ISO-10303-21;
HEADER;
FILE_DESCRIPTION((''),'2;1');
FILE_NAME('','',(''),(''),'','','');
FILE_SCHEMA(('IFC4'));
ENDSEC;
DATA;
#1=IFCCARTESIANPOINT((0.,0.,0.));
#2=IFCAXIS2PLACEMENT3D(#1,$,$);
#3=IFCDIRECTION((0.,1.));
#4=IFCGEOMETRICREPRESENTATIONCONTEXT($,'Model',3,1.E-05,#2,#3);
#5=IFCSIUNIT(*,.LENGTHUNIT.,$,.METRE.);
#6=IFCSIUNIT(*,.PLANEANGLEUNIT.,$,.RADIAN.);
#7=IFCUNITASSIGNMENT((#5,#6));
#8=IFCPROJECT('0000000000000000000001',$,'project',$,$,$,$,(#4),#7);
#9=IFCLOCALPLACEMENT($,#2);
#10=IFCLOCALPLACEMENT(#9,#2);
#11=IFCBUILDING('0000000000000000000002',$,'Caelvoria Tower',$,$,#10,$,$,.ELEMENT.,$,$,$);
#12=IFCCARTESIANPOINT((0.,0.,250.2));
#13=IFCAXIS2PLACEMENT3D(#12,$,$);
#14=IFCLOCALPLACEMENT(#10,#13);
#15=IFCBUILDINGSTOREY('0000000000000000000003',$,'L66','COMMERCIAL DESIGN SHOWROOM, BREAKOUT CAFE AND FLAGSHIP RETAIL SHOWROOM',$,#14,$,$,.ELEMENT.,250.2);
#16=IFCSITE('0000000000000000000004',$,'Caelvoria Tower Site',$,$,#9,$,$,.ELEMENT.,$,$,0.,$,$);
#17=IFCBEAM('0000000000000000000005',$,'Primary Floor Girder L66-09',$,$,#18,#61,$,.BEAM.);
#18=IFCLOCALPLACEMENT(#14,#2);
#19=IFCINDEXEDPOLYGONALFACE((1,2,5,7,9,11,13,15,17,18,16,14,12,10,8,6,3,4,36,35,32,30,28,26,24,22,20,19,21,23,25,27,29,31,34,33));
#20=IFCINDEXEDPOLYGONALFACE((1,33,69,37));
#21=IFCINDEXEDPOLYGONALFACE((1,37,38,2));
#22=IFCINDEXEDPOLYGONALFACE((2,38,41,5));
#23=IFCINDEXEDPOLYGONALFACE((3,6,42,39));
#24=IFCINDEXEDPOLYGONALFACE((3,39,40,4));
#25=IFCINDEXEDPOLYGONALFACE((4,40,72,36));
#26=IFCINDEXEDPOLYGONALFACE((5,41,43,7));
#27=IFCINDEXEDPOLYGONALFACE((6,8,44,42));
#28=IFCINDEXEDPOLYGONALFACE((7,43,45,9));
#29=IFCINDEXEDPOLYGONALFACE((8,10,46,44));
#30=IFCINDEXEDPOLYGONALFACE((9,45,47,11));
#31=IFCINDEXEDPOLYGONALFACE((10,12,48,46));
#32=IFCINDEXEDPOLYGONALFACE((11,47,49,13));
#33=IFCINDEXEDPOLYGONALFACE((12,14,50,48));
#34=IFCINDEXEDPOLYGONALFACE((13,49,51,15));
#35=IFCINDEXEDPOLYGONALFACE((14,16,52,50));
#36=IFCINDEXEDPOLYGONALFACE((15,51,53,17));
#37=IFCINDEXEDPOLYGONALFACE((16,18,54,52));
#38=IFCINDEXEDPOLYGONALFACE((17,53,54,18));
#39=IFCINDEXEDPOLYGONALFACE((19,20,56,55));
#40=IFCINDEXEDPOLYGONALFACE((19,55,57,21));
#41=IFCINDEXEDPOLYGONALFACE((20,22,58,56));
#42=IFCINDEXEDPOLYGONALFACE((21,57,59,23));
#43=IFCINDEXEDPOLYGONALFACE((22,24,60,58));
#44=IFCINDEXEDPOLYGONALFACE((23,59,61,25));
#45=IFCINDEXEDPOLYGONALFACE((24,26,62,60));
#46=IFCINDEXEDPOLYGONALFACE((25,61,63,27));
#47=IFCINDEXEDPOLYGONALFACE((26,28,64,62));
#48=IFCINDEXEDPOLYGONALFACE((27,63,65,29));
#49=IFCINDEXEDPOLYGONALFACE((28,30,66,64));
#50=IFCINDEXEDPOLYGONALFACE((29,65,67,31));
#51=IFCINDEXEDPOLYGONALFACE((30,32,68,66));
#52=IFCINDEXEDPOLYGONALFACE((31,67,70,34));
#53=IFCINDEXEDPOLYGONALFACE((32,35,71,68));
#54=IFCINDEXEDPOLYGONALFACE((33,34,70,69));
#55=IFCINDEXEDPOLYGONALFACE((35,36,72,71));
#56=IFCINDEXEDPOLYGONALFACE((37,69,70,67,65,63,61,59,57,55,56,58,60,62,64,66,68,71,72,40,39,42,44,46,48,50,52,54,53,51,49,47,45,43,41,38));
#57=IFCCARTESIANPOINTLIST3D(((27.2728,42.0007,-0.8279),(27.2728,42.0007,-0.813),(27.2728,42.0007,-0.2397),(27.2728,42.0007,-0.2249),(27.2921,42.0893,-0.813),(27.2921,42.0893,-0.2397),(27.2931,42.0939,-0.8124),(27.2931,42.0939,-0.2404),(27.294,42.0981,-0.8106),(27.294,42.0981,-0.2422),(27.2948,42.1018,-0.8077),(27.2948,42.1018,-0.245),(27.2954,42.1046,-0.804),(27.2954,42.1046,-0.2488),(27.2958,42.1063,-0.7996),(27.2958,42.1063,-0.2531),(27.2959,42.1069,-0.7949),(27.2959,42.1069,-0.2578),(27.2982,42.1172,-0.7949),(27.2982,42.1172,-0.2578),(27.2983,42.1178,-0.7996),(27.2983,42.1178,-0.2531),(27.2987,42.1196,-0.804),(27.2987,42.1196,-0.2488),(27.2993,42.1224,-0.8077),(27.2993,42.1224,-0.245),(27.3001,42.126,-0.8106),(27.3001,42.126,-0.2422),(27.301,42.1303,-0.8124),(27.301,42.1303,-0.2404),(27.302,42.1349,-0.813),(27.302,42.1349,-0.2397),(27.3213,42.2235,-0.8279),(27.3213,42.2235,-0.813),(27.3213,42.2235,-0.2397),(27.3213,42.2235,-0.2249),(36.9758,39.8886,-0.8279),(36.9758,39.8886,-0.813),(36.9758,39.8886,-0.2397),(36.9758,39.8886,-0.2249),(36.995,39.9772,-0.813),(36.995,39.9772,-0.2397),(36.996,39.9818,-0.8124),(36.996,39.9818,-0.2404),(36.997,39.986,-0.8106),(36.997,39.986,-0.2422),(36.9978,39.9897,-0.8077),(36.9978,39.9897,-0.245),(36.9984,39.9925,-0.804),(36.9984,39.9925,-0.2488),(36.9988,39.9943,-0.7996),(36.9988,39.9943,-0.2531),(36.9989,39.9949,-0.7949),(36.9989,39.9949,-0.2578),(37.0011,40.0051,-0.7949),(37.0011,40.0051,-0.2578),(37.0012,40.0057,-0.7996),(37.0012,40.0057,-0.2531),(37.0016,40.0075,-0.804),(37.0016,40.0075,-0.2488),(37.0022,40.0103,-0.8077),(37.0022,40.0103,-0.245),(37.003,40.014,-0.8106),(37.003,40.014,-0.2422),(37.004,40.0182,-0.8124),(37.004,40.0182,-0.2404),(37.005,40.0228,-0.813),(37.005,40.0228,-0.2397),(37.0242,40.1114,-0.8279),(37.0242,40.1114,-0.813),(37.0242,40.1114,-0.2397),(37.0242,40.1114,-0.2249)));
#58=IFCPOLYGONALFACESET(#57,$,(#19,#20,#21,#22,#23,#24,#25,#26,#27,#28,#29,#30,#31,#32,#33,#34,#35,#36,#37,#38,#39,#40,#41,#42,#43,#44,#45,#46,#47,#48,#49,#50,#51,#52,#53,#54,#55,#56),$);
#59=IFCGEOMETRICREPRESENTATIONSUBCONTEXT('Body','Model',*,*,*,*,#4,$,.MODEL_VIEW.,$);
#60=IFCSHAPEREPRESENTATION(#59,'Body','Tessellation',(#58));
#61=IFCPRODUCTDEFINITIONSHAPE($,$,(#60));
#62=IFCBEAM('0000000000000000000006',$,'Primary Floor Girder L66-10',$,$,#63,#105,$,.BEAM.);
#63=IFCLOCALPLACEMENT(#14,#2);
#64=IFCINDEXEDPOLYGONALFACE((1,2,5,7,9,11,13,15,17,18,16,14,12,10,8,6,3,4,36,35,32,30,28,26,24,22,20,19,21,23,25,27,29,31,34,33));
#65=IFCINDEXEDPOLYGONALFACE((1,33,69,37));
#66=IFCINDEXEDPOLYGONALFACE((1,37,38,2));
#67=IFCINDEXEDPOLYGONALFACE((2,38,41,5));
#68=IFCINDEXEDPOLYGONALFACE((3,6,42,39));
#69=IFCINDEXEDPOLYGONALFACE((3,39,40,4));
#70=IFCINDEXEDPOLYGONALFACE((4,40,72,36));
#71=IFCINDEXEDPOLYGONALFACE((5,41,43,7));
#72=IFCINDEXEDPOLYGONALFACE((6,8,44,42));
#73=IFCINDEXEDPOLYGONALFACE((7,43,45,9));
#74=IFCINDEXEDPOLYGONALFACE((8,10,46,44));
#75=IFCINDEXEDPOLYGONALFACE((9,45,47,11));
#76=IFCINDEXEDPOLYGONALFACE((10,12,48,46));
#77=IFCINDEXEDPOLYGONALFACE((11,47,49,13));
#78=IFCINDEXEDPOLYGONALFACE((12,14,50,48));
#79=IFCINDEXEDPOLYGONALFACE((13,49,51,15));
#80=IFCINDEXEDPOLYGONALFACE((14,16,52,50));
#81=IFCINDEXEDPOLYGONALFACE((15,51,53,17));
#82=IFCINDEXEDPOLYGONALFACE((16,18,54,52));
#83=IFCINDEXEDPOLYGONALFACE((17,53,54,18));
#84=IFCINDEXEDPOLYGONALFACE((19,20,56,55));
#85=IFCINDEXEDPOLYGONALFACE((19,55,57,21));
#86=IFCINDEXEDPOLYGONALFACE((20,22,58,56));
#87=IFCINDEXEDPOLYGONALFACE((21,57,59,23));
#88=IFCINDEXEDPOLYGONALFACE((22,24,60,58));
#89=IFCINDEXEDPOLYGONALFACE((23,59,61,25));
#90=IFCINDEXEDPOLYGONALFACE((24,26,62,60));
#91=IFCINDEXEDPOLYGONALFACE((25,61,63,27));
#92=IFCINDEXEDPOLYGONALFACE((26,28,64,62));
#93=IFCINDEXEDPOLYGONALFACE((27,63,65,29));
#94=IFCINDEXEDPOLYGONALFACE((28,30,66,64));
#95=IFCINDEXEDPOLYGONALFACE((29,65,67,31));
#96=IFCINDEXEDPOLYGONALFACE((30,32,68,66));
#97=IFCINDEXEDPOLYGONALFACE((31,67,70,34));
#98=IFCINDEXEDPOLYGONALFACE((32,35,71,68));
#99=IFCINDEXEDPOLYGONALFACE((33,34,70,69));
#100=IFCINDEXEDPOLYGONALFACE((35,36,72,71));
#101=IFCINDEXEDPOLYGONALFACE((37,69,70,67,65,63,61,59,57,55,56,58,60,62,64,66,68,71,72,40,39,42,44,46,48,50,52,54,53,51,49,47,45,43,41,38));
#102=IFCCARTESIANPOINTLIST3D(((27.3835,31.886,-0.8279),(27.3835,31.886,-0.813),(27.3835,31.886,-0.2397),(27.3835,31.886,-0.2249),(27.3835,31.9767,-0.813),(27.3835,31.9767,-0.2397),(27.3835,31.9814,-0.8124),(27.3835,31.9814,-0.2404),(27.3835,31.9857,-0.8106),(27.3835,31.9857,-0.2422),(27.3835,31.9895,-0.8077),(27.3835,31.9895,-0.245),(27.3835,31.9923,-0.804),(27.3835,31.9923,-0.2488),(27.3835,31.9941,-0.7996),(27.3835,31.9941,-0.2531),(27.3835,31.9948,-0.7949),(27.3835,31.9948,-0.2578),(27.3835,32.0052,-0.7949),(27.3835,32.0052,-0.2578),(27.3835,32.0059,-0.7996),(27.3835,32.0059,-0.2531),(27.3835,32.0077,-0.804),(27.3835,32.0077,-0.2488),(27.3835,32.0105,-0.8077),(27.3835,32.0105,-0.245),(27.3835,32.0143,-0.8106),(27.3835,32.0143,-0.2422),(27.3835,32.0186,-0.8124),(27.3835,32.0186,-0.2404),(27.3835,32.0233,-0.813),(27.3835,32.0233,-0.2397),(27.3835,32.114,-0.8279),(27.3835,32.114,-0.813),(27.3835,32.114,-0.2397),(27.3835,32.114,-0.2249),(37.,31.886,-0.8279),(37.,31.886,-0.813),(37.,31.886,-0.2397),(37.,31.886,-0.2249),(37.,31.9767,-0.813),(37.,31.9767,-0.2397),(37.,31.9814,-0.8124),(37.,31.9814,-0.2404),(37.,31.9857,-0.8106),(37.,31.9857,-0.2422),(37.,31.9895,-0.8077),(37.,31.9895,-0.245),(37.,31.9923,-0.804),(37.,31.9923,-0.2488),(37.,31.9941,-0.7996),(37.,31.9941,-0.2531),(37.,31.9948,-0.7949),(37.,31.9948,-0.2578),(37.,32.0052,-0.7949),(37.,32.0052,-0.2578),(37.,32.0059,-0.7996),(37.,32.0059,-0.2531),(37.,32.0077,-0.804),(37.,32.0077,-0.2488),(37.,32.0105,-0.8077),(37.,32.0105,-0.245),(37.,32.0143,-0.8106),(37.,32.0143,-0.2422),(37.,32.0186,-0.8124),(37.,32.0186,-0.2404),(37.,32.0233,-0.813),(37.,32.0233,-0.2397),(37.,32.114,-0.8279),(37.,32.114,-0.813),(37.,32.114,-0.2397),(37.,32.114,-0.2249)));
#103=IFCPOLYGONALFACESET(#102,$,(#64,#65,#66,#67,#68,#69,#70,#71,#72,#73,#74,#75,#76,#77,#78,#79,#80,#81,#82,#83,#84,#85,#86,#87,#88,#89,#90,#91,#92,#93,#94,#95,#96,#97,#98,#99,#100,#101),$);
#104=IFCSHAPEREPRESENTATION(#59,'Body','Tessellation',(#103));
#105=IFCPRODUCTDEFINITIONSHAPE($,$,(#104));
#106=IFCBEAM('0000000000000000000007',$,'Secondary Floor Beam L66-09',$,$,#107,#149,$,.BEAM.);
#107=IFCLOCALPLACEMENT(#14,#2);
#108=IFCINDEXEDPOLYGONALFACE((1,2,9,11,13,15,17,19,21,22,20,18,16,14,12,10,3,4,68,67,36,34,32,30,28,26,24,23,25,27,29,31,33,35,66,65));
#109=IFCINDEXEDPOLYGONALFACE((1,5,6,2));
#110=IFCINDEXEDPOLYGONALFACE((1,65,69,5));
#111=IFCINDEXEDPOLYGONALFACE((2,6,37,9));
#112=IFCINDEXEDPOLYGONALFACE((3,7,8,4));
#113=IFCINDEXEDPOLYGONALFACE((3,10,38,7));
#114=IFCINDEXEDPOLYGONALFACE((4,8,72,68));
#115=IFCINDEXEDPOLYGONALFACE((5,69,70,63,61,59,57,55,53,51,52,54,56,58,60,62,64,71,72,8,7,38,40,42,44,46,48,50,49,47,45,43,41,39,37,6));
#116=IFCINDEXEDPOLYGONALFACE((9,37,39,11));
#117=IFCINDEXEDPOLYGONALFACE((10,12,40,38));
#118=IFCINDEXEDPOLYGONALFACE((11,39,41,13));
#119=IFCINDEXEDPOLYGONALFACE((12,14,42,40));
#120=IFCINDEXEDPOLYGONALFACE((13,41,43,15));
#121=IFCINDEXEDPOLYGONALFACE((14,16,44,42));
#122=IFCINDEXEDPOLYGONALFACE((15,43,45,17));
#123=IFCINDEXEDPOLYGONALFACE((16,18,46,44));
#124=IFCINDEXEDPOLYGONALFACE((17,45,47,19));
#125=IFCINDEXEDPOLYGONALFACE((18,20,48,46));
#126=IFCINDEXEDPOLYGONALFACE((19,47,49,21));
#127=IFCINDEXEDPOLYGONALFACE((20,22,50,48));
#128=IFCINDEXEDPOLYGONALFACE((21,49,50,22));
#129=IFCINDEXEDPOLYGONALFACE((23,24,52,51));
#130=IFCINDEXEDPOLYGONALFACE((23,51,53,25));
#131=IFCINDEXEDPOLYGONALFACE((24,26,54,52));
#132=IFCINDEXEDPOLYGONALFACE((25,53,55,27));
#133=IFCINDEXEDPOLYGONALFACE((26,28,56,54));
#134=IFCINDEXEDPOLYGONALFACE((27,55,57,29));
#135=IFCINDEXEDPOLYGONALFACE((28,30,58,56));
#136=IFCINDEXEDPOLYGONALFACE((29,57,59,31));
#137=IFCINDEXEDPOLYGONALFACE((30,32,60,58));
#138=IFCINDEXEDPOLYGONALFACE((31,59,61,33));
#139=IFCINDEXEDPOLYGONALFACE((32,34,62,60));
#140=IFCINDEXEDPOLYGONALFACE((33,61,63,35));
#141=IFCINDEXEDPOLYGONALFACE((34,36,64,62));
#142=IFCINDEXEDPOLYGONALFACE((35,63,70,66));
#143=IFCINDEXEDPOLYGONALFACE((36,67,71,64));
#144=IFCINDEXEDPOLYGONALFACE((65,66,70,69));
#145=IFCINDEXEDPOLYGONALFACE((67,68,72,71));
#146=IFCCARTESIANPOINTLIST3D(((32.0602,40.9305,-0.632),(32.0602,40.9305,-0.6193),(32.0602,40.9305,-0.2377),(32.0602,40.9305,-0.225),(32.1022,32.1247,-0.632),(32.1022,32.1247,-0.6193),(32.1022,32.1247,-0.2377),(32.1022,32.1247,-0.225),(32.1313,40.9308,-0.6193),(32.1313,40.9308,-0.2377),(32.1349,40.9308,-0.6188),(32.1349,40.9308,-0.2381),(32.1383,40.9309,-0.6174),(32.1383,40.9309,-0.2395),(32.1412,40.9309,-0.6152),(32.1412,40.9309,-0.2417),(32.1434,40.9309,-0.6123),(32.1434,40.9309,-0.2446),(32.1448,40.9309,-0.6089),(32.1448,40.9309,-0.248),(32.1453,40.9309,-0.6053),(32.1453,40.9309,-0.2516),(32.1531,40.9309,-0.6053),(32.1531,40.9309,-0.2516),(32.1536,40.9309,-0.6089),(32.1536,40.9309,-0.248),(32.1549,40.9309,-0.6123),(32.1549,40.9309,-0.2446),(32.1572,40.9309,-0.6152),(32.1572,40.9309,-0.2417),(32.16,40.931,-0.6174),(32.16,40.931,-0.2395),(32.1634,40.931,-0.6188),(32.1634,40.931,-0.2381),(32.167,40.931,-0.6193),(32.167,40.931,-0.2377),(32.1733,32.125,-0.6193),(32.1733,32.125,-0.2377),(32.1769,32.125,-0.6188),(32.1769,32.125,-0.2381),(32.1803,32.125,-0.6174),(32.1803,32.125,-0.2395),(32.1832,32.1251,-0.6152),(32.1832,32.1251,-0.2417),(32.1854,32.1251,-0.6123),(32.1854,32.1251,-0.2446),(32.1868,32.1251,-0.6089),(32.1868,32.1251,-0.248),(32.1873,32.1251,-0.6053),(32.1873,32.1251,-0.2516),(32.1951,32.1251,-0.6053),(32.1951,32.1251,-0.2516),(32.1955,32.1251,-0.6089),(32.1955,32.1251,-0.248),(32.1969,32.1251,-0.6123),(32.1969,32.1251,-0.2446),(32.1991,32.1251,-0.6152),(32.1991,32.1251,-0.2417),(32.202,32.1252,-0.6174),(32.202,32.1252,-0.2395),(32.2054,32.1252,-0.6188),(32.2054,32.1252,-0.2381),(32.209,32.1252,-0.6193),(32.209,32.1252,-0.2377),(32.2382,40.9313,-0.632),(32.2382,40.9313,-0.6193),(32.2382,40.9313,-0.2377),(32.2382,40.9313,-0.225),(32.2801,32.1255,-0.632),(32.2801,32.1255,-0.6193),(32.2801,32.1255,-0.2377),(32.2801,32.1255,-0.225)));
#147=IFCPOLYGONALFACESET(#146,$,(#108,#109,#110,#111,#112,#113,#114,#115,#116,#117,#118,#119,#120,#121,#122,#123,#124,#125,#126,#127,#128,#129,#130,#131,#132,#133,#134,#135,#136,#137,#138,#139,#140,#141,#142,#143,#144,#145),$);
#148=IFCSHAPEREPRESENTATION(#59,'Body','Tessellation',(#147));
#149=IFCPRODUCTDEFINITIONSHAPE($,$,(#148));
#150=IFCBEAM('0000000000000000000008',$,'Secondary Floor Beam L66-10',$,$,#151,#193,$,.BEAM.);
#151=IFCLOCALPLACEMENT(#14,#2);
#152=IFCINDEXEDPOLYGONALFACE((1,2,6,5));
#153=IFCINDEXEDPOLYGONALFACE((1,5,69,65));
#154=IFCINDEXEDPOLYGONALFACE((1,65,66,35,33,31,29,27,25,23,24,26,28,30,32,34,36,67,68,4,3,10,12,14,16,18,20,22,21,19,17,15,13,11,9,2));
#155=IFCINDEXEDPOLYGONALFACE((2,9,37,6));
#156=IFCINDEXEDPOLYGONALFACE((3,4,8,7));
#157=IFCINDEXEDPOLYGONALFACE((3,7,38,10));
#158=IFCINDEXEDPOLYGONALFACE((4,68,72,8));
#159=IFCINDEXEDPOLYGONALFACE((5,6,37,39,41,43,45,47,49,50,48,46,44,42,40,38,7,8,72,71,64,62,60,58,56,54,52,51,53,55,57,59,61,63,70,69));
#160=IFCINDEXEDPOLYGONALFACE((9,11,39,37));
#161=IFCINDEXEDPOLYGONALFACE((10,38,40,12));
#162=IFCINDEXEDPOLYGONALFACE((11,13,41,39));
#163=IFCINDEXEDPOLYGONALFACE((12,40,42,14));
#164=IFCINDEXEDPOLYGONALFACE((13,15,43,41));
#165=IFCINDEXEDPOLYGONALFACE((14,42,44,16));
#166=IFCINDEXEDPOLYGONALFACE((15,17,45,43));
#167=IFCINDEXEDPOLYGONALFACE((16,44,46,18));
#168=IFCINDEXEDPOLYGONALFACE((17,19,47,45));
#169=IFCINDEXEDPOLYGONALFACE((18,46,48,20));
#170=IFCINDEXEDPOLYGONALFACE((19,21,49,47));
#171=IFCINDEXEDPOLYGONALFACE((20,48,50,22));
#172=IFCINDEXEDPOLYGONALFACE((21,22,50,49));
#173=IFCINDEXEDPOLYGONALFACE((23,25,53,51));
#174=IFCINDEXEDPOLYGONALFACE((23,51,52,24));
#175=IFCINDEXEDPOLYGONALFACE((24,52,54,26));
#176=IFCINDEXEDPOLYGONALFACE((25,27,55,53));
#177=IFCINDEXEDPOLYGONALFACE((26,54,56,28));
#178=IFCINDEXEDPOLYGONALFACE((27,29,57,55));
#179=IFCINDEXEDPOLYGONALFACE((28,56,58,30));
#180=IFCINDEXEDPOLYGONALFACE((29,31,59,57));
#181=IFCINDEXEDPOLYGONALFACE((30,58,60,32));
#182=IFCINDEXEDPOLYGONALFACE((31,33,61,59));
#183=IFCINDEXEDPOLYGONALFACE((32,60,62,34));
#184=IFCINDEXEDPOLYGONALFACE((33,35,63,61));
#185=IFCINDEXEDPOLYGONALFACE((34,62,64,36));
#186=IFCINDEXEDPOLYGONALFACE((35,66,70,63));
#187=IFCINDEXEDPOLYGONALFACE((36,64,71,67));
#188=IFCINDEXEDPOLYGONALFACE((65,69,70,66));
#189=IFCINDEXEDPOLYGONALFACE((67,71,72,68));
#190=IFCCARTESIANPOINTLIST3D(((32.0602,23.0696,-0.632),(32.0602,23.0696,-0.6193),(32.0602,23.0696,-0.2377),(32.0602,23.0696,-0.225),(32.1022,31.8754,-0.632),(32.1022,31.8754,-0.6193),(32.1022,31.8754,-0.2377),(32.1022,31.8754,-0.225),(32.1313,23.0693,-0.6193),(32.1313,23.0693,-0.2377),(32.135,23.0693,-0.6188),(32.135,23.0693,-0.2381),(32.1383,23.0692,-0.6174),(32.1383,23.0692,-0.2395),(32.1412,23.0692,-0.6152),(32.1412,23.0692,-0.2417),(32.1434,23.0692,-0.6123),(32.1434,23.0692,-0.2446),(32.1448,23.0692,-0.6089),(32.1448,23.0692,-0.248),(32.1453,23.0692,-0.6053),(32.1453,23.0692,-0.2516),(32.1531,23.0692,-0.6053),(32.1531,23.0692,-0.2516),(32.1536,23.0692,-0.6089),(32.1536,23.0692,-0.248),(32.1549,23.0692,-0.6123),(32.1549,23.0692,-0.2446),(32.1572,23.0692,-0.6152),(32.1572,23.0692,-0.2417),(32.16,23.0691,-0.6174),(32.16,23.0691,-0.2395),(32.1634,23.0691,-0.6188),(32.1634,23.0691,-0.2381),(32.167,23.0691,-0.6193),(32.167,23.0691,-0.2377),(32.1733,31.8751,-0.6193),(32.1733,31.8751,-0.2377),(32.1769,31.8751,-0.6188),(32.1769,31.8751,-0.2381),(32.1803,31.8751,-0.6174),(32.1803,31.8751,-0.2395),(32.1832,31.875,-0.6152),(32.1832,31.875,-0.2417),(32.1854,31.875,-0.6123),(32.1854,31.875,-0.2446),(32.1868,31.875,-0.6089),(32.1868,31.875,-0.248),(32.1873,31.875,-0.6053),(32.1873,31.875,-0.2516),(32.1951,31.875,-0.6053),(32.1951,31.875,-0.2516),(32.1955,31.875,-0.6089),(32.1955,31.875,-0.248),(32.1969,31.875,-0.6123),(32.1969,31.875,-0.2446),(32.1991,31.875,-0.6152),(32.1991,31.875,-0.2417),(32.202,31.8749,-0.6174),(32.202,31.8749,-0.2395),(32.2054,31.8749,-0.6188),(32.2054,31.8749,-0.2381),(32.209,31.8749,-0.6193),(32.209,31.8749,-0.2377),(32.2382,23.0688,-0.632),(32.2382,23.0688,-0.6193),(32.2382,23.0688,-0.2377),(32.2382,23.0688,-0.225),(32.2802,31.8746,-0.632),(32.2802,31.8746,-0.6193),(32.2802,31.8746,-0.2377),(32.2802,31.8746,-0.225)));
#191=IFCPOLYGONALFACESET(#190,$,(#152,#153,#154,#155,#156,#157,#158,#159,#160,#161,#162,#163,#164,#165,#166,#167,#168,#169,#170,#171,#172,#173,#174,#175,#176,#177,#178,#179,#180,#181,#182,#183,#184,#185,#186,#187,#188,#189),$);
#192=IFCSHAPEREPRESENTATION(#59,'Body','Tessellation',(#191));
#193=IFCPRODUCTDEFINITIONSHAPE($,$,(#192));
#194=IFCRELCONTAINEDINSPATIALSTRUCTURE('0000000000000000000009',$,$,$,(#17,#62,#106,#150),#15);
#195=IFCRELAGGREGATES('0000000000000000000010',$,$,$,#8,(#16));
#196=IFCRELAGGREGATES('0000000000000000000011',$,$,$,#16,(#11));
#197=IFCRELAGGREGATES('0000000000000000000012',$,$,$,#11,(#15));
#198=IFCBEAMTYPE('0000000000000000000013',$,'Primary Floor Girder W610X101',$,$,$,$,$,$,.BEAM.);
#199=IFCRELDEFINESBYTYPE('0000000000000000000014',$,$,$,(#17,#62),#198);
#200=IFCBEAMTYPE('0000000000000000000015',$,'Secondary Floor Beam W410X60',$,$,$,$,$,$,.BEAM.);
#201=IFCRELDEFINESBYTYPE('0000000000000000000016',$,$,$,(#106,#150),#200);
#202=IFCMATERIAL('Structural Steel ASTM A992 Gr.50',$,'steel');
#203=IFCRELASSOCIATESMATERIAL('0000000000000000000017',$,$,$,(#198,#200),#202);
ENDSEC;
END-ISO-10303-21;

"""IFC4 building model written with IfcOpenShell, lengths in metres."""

from ifc_helpers import new_model, si_unit, direction, frame, origin, origin_2d, place, context, subcontext, project, spatial, i_section, extrude, material, material_profile, profile_set, type_object, element, save


model = new_model("IFC4")

# Units and contexts
model_context = context("Model", 3, precision=1e-05, world=origin(), true_north=direction((0.0, 1.0)))
body_context = subcontext(model_context, "Body", "Model", "MODEL_VIEW")
ifc_project = project(units=[si_unit("LENGTHUNIT", "METRE"), si_unit("PLANEANGLEUNIT", "RADIAN")], contexts=[model_context])

# Site, building, storey
site_placement = place(None, origin())
site = spatial("IfcSite", under=ifc_project, at=site_placement, Name="Caelvoria Tower Site", CompositionType="ELEMENT", RefElevation=0.0)
building_placement = place(site_placement, origin())
building = spatial("IfcBuilding", under=site, at=building_placement, Name="Caelvoria Tower", CompositionType="ELEMENT")
storey_placement = place(building_placement, frame((0.0, 0.0, 250.2)))
storey = spatial("IfcBuildingStorey", under=building, at=storey_placement, Name="L66", Description="COMMERCIAL DESIGN SHOWROOM, BREAKOUT CAFE AND FLAGSHIP RETAIL SHOWROOM", CompositionType="ELEMENT", Elevation=250.2)

# Shared definitions
ifc_material_1 = material(Name="Structural Steel ASTM A992 Gr.50", Category="steel")

# Beams
ifc_material_profile_1 = material_profile(ifc_material_1, i_section(OverallWidth=0.228, OverallDepth=0.603, WebThickness=0.0105, FlangeThickness=0.0149, FilletRadius=0.0181, at=origin_2d()), Name="Structural Steel ASTM A992 Gr.50")
ifc_profile_set_1 = profile_set([ifc_material_profile_1], Name="W610X101 - Structural Steel ASTM A992 Gr.50")
beam_type_1 = type_object("IfcBeamType", Name="Primary Floor Girder W610X101", PredefinedType="BEAM", material=ifc_profile_set_1)
beam_1_placement = place(storey_placement, frame((37.0, 40.0, -0.5264), z_axis=(-0.977119, 0.212693, 0.0), x_axis=(-0.212693, -0.977119, 0.0)))
element("IfcBeam", 1, at=beam_1_placement, inside=storey, type_object=beam_type_1, Name="Primary Floor Girder L66-09", PredefinedType="BEAM", context=body_context, shape_type="SweptSolid", body=[
    extrude(i_section(OverallWidth=0.228, OverallDepth=0.603, WebThickness=0.0105, FlangeThickness=0.0149, FilletRadius=0.0181, at=origin_2d()), origin(), (0.0, 0.0, 1.0), 9.9302),
])
beam_2_placement = place(storey_placement, frame((37.0, 32.0, -0.5264), z_axis=(-1.0, 0.0, 0.0), x_axis=(0.0, -1.0, 0.0)))
element("IfcBeam", 2, at=beam_2_placement, inside=storey, type_object=beam_type_1, Name="Primary Floor Girder L66-10", PredefinedType="BEAM", context=body_context, shape_type="SweptSolid", body=[
    extrude(i_section(OverallWidth=0.228, OverallDepth=0.603, WebThickness=0.0105, FlangeThickness=0.0149, FilletRadius=0.0181, at=origin_2d()), origin(), (0.0, 0.0, 1.0), 9.6165),
])
ifc_material_profile_2 = material_profile(ifc_material_1, i_section(OverallWidth=0.178, OverallDepth=0.407, WebThickness=0.0078, FlangeThickness=0.0127, FilletRadius=0.0139, at=origin_2d()), Name="Structural Steel ASTM A992 Gr.50")
ifc_profile_set_2 = profile_set([ifc_material_profile_2], Name="W410X60 - Structural Steel ASTM A992 Gr.50")
beam_type_2 = type_object("IfcBeamType", Name="Secondary Floor Beam W410X60", PredefinedType="BEAM", material=ifc_profile_set_2)
for number, where, z_axis, x_axis, name in (
    (3, (32.1492, 40.9309, -0.4285), (0.004769, -0.999989, 0.0), (0.999989, 0.004769, 0.0), "Secondary Floor Beam L66-09"),
    (4, (32.1912, 31.875, -0.4285), (-0.004769, -0.999989, 0.0), (0.999989, -0.004769, 0.0), "Secondary Floor Beam L66-10"),
):
    element("IfcBeam", number, at=place(storey_placement, frame(where, z_axis=z_axis, x_axis=x_axis)), inside=storey, type_object=beam_type_2, Name=name, PredefinedType="BEAM", context=body_context, shape_type="SweptSolid", body=[
        extrude(i_section(OverallWidth=0.178, OverallDepth=0.407, WebThickness=0.0078, FlangeThickness=0.0127, FilletRadius=0.0139, at=origin_2d()), origin(), (0.0, 0.0, 1.0), 8.8059),
    ])

save(model, "model.ifc")
